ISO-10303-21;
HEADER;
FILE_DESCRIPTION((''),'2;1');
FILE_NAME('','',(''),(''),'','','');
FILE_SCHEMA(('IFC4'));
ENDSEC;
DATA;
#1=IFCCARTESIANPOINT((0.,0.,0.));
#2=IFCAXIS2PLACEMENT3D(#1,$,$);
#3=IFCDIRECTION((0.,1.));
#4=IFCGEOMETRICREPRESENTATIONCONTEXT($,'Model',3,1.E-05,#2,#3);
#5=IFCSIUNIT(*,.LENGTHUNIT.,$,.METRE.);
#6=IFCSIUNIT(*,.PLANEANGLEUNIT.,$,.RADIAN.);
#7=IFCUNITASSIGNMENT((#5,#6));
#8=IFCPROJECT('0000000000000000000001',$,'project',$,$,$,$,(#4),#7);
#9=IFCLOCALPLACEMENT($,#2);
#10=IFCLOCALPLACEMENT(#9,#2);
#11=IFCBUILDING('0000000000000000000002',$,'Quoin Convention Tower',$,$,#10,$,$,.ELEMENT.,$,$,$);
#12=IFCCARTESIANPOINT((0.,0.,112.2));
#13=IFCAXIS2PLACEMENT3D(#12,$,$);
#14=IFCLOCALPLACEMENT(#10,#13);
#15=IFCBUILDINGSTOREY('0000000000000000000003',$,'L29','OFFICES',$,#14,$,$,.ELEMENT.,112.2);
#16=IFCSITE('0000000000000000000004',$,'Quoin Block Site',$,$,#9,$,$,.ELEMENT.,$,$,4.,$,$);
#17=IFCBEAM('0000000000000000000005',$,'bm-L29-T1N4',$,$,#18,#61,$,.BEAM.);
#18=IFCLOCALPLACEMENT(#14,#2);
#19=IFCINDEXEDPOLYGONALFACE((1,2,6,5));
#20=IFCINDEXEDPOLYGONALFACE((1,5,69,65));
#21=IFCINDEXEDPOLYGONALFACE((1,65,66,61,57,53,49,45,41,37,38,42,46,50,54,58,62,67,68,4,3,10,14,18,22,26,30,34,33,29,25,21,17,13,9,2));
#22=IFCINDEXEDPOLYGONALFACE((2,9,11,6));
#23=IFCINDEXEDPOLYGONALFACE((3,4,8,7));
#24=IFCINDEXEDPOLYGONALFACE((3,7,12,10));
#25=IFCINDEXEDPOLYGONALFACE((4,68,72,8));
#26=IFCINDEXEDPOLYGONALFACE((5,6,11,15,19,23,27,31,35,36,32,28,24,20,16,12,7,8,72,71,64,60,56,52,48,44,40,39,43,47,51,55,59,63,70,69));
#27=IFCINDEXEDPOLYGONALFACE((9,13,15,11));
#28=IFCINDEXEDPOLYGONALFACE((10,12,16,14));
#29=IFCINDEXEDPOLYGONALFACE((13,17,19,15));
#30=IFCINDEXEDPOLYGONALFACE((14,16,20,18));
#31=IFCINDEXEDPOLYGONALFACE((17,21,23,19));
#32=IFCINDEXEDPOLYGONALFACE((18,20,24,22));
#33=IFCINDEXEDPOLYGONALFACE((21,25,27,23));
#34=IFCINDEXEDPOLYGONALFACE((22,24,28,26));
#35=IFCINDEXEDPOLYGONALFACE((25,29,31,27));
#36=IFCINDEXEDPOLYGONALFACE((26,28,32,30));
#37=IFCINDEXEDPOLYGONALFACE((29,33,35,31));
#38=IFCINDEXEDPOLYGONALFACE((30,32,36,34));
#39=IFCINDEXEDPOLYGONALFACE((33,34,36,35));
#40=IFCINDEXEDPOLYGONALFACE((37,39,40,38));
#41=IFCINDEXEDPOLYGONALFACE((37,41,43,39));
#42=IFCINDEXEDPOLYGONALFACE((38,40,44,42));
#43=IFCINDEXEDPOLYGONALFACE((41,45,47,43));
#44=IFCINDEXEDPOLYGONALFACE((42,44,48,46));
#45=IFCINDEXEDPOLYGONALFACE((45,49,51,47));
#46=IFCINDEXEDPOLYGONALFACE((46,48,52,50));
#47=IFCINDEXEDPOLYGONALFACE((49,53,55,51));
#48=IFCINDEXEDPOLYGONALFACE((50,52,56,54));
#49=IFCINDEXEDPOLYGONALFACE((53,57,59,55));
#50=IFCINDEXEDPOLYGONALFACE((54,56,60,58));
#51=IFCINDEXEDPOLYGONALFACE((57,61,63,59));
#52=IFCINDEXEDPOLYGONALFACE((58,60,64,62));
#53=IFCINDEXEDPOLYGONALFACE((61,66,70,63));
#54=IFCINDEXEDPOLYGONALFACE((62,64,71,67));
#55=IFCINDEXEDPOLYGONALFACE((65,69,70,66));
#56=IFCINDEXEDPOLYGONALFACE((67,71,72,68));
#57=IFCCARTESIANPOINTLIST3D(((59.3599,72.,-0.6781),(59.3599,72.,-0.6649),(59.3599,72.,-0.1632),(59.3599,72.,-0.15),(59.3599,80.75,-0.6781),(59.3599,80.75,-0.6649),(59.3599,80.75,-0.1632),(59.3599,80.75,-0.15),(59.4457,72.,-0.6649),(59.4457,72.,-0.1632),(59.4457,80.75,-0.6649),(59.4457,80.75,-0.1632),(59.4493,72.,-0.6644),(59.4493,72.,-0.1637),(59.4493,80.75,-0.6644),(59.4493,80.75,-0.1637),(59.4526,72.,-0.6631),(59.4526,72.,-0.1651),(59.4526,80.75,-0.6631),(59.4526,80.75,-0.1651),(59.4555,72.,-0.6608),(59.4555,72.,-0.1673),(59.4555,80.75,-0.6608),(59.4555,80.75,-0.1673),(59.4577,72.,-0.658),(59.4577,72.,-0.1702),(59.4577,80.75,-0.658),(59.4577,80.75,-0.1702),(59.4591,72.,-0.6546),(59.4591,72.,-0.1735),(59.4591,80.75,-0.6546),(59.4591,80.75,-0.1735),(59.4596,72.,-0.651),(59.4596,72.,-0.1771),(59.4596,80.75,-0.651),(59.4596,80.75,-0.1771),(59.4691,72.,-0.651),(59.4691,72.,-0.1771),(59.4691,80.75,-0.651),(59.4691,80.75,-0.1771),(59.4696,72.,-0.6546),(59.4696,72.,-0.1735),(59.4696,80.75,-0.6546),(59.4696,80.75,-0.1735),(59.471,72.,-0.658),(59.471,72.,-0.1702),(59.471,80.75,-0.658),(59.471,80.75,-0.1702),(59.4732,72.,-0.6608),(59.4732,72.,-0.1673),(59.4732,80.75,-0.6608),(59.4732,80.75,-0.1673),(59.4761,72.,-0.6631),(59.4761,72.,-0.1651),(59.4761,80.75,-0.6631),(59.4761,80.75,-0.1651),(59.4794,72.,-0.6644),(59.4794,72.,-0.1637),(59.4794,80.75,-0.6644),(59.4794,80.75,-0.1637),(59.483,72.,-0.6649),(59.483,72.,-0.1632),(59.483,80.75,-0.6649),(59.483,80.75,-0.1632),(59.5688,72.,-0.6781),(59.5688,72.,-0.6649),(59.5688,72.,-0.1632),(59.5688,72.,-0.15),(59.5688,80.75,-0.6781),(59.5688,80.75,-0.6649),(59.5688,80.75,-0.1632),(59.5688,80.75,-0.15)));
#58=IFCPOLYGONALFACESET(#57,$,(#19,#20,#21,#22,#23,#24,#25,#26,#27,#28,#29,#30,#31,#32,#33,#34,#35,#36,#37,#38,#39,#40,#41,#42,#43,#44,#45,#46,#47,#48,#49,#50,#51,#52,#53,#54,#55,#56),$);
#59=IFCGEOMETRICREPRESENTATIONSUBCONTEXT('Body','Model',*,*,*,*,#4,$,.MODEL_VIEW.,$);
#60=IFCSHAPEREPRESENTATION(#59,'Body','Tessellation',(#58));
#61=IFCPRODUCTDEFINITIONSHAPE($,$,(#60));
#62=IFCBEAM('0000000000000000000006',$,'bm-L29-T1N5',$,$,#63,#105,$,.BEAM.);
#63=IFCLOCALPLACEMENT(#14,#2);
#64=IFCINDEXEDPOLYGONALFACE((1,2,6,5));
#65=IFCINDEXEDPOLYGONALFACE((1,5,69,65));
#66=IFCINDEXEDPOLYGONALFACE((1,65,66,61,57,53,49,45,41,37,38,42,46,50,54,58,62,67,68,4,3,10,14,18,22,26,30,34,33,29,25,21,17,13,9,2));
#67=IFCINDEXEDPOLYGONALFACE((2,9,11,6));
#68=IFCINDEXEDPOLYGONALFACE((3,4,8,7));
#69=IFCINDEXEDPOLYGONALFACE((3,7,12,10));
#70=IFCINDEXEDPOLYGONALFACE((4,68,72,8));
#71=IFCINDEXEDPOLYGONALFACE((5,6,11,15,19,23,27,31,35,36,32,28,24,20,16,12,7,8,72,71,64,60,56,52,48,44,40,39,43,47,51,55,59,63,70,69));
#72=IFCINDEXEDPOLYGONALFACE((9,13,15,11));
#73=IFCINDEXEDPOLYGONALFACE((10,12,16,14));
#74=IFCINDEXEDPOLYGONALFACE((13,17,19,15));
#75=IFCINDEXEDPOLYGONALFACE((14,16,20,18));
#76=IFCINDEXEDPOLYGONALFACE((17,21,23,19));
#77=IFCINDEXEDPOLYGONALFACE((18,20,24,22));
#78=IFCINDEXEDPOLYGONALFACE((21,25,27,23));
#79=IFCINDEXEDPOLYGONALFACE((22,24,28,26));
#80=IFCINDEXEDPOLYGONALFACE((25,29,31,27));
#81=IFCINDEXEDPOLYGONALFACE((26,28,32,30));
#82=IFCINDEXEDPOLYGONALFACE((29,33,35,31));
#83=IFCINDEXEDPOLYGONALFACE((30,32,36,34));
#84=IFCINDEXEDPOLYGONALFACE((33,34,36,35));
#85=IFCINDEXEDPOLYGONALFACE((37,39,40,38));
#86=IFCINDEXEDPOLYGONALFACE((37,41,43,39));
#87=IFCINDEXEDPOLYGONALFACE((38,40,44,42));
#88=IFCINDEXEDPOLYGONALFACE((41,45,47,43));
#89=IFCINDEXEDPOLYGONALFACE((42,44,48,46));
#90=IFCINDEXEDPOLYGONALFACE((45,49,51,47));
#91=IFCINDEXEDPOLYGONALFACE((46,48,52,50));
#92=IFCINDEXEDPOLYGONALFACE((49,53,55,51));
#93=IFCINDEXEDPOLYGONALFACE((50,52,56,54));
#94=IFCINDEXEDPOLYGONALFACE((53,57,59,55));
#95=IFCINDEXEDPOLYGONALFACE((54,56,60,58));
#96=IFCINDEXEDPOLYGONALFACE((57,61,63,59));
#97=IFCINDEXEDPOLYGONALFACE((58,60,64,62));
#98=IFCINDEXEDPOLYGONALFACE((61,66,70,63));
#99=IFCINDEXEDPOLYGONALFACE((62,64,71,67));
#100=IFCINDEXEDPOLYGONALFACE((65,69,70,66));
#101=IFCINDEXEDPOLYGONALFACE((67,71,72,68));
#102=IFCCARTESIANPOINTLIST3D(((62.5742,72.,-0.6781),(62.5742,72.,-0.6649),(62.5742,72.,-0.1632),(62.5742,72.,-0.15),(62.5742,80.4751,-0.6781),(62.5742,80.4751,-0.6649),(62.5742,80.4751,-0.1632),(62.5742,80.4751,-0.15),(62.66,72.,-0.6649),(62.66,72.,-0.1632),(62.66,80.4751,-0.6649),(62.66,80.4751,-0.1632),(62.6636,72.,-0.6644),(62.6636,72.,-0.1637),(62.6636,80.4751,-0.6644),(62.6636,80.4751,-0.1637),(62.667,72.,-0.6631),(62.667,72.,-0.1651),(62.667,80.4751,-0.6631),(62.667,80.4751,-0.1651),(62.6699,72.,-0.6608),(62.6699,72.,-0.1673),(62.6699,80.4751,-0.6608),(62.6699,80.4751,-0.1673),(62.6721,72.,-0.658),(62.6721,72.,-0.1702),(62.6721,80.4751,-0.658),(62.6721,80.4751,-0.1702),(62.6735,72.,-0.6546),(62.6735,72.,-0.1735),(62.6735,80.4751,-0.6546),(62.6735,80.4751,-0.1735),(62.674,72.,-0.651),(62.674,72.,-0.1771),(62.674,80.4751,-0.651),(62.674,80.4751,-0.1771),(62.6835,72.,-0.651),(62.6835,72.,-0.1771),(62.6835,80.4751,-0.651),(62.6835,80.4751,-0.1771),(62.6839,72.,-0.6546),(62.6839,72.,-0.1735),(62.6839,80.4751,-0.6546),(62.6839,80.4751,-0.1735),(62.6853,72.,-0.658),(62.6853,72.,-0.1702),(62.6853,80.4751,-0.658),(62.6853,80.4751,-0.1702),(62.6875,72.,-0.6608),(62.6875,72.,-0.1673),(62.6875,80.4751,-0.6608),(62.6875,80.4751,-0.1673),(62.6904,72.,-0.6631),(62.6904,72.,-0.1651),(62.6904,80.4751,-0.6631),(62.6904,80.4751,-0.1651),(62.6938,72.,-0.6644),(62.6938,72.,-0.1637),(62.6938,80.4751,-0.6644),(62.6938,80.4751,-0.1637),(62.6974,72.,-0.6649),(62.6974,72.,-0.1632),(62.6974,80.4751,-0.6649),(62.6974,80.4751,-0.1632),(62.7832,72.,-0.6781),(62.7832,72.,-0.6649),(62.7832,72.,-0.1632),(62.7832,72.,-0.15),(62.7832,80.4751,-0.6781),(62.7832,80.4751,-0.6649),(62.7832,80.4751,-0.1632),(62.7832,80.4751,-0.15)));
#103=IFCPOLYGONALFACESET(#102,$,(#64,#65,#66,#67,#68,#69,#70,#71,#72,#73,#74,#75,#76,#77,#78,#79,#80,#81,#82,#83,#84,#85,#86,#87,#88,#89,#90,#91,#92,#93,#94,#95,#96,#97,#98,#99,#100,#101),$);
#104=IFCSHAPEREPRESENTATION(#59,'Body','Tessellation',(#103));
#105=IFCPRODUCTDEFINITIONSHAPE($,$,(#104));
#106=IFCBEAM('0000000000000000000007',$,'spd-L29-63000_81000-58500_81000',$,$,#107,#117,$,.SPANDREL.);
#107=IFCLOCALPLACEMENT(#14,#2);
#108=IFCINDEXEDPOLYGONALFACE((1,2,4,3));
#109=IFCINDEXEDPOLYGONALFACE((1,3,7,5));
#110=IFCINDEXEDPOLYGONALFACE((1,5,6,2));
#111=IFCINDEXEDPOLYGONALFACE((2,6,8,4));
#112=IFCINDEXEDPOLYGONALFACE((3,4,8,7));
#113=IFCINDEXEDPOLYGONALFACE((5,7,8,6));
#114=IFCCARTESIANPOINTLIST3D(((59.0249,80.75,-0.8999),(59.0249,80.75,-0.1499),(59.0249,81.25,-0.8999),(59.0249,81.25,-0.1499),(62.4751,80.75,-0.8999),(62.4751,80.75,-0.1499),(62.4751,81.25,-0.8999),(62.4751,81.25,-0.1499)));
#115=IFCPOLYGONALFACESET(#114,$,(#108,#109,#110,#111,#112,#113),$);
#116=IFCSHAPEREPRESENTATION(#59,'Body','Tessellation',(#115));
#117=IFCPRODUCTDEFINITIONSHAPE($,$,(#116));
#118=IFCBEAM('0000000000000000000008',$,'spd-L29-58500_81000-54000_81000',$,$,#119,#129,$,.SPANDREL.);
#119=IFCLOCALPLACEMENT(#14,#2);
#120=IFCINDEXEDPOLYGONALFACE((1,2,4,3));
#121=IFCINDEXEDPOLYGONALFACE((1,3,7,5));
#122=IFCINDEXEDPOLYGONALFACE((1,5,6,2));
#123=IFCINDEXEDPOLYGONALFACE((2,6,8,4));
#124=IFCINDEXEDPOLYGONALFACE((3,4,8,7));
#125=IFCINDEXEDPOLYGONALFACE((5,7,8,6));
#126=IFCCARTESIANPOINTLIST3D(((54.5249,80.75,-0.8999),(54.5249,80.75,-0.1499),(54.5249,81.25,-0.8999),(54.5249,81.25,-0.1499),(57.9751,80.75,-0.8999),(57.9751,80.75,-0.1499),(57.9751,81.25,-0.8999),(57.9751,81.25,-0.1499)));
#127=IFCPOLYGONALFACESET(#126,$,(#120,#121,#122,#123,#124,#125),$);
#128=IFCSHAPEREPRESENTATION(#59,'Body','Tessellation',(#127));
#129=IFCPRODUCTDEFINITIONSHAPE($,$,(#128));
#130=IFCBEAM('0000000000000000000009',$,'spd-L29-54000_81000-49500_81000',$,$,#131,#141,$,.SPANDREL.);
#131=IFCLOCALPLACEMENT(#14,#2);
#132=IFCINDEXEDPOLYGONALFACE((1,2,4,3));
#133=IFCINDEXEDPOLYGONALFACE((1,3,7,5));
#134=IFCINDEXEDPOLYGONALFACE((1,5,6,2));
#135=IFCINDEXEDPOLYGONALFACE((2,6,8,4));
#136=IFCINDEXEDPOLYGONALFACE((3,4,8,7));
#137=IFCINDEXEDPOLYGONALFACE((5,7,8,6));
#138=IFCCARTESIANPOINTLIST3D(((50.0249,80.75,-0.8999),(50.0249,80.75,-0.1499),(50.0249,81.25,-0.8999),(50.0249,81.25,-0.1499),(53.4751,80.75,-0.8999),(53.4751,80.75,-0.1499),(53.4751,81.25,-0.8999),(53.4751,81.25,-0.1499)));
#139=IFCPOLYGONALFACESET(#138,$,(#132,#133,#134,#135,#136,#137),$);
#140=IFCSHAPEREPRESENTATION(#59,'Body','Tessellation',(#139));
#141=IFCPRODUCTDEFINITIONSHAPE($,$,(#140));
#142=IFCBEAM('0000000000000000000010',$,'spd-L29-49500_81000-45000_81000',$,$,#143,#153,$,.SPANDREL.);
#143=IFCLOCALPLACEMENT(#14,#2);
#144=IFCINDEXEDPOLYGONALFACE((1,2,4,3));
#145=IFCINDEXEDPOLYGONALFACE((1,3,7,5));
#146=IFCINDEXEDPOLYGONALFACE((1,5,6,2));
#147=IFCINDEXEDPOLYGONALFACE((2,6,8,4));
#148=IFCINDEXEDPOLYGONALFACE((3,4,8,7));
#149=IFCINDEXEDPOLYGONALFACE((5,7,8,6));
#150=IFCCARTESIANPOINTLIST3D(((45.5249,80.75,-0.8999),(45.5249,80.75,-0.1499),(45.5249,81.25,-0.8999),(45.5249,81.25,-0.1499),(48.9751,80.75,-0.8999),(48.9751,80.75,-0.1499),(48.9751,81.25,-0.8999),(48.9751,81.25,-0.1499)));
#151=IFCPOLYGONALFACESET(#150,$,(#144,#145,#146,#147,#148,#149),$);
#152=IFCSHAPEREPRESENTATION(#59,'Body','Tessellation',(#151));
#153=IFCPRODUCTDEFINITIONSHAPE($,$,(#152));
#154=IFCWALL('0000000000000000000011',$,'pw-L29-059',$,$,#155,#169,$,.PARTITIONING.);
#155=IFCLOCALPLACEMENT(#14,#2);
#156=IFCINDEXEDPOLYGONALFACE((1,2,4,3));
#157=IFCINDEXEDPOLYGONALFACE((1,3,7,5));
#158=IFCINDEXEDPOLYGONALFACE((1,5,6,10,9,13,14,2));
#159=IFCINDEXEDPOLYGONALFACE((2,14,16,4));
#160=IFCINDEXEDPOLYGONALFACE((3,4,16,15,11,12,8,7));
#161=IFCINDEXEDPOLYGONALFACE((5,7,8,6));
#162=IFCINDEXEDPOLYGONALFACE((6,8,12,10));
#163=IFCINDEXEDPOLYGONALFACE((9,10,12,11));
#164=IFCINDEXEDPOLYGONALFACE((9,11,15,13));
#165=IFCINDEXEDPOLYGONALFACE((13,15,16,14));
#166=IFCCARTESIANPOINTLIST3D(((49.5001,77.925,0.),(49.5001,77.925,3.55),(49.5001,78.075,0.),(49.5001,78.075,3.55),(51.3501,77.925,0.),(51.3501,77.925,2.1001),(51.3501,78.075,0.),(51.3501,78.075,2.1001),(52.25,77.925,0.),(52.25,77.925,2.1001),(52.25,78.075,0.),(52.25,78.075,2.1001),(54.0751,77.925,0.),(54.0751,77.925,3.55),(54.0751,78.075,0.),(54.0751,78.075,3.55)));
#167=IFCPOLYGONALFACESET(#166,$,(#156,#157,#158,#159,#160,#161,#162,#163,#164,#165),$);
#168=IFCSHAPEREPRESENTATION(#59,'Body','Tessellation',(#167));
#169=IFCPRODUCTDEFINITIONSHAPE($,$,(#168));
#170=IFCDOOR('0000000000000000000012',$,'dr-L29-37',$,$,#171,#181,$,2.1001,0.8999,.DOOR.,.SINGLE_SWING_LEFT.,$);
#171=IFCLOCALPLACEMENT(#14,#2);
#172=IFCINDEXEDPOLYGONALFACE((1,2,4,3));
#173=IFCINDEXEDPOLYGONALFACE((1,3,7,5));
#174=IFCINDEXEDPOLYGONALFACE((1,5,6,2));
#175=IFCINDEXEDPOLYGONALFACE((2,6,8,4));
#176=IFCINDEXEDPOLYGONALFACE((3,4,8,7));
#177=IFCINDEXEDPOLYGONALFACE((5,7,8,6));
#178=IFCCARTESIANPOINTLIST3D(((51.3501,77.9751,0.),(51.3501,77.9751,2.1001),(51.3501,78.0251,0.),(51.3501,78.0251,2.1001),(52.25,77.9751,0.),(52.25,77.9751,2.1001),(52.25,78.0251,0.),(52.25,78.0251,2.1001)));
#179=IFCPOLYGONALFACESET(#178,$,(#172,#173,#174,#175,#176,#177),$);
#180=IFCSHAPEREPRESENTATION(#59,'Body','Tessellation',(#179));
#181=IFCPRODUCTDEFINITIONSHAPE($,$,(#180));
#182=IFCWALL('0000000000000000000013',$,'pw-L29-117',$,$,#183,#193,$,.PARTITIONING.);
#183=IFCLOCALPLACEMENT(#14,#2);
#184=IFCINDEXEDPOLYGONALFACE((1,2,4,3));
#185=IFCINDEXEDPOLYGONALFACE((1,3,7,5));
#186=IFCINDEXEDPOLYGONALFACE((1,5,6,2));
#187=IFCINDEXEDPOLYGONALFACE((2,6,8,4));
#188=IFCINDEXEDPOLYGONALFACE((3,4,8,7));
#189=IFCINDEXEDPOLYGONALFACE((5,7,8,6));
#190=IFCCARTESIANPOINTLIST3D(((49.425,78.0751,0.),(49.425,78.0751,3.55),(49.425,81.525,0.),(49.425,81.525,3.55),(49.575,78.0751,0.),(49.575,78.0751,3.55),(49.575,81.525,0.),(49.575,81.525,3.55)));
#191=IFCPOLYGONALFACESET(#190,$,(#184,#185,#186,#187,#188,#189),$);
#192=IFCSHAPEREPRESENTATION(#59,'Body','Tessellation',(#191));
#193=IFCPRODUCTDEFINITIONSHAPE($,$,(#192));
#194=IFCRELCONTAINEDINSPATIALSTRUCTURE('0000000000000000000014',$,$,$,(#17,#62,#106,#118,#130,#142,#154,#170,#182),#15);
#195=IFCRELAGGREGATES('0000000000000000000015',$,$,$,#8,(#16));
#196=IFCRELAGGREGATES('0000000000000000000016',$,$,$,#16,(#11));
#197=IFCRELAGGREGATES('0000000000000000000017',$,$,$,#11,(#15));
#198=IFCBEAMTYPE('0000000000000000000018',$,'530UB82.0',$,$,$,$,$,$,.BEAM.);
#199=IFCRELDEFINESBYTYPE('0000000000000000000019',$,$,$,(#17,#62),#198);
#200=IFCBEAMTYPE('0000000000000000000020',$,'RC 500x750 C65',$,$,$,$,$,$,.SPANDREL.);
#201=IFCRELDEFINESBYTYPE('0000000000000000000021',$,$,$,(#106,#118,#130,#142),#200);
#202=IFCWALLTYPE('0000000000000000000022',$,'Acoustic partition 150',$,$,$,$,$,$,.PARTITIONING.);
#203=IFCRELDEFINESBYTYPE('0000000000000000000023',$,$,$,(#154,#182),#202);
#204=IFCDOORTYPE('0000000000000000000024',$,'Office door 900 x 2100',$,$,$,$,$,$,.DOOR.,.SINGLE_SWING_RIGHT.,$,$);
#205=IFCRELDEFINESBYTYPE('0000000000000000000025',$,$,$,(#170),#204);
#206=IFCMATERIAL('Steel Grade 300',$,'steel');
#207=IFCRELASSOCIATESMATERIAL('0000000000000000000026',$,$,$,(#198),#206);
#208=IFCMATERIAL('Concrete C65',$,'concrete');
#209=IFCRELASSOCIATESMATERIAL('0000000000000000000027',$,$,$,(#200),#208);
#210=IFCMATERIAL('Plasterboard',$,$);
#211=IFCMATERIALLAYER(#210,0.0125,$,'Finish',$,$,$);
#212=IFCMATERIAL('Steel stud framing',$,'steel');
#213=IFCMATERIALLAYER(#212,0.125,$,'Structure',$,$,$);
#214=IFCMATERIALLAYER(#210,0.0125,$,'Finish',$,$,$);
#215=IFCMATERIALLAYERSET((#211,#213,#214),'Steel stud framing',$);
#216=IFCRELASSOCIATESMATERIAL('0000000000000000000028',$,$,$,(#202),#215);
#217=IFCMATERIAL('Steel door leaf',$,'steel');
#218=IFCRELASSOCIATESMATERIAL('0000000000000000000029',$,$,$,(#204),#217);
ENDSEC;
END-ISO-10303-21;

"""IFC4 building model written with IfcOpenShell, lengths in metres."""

from ifc_helpers import new_model, si_unit, direction, frame, frame_2d, origin, origin_2d, place, context, subcontext, project, spatial, rectangle, i_section, extrude, material, layer, layer_set, material_profile, profile_set, type_object, element, fill, save


model = new_model("IFC4")

# Units and contexts
model_context = context("Model", 3, precision=1e-05, world=origin(), true_north=direction((0.0, 1.0)))
body_context = subcontext(model_context, "Body", "Model", "MODEL_VIEW")
ifc_project = project(units=[si_unit("LENGTHUNIT", "METRE"), si_unit("PLANEANGLEUNIT", "RADIAN")], contexts=[model_context])

# Site, building, storey
site_placement = place(None, origin())
site = spatial("IfcSite", under=ifc_project, at=site_placement, Name="Quoin Block Site", CompositionType="ELEMENT", RefElevation=4.0)
building_placement = place(site_placement, origin())
building = spatial("IfcBuilding", under=site, at=building_placement, Name="Quoin Convention Tower", CompositionType="ELEMENT")
storey_placement = place(building_placement, frame((0.0, 0.0, 112.2)))
storey = spatial("IfcBuildingStorey", under=building, at=storey_placement, Name="L29", Description="OFFICES", CompositionType="ELEMENT", Elevation=112.2)

# Shared definitions
ifc_material_1 = material(Name="Concrete C65", Category="concrete")

# Beams
ifc_material_2 = material(Name="Steel Grade 300", Category="steel")
ifc_material_profile_1 = material_profile(ifc_material_2, i_section(OverallWidth=0.209, OverallDepth=0.5281, WebThickness=0.0095, FlangeThickness=0.0132, FilletRadius=0.0139, at=origin_2d()), Name="530UB82.0")
ifc_profile_set_1 = profile_set([ifc_material_profile_1], Name="Steel Grade 300")
beam_type_1 = type_object("IfcBeamType", Name="530UB82.0", PredefinedType="BEAM", material=ifc_profile_set_1)
for number, where, z_axis, x_axis, name in (
    (1, (59.4644, 72.0, -0.4141), (0.0, 1.0, 0.0), (-1.0, 0.0, 0.0), "bm-L29-T1N4"),
):
    element("IfcBeam", number, at=place(storey_placement, frame(where, z_axis=z_axis, x_axis=x_axis)), inside=storey, type_object=beam_type_1, Name=name, PredefinedType="BEAM", context=body_context, shape_type="SweptSolid", body=[
        extrude(i_section(OverallWidth=0.209, OverallDepth=0.5281, WebThickness=0.0095, FlangeThickness=0.0132, FilletRadius=0.0139, at=origin_2d()), origin(), (0.0, 0.0, 1.0), 8.75),
    ])
beam_1_placement = place(storey_placement, frame((62.6787, 72.0, -0.4141), z_axis=(0.0, 1.0, 0.0), x_axis=(-1.0, 0.0, 0.0)))
element("IfcBeam", 2, at=beam_1_placement, inside=storey, type_object=beam_type_1, Name="bm-L29-T1N5", PredefinedType="BEAM", context=body_context, shape_type="SweptSolid", body=[
    extrude(i_section(OverallWidth=0.209, OverallDepth=0.5281, WebThickness=0.0095, FlangeThickness=0.0132, FilletRadius=0.0139, at=origin_2d()), origin(), (0.0, 0.0, 1.0), 8.4751),
])
ifc_material_profile_2 = material_profile(ifc_material_1, rectangle(XDim=0.5, YDim=0.75, at=origin_2d()), Name="RC 500x750")
ifc_profile_set_2 = profile_set([ifc_material_profile_2], Name="Concrete C65")
beam_type_2 = type_object("IfcBeamType", Name="RC 500x750 C65", PredefinedType="SPANDREL", material=ifc_profile_set_2)
for number, where, z_axis, x_axis, name in (
    (3, (62.4751, 81.0, -0.5249), (-1.0, 0.0, 0.0), (0.0, -1.0, 0.0), "spd-L29-63000_81000-58500_81000"),
    (4, (57.9751, 81.0, -0.5249), (-1.0, 0.0, 0.0), (0.0, -1.0, 0.0), "spd-L29-58500_81000-54000_81000"),
    (5, (53.4751, 81.0, -0.5249), (-1.0, 0.0, 0.0), (0.0, -1.0, 0.0), "spd-L29-54000_81000-49500_81000"),
    (6, (48.9751, 81.0, -0.5249), (-1.0, 0.0, 0.0), (0.0, -1.0, 0.0), "spd-L29-49500_81000-45000_81000"),
):
    element("IfcBeam", number, at=place(storey_placement, frame(where, z_axis=z_axis, x_axis=x_axis)), inside=storey, type_object=beam_type_2, Name=name, PredefinedType="SPANDREL", context=body_context, shape_type="SweptSolid", body=[
        extrude(rectangle(XDim=0.5, YDim=0.75, at=origin_2d()), origin(), (0.0, 0.0, 1.0), 3.4502),
    ])

# Wall, opening, door
ifc_material_3 = material(Name="Plasterboard")
ifc_layer_1 = layer(ifc_material_3, 0.0125, Name="Finish")
ifc_material_4 = material(Name="Steel stud framing", Category="steel")
ifc_layer_2 = layer(ifc_material_4, 0.125, Name="Structure")
ifc_layer_3 = layer(ifc_material_3, 0.0125, Name="Finish")
ifc_layer_set_1 = layer_set([ifc_layer_1, ifc_layer_2, ifc_layer_3], Name="Steel stud framing")
wall_type_1 = type_object("IfcWallType", Name="Acoustic partition 150", PredefinedType="PARTITIONING", material=ifc_layer_set_1)
wall_1_placement = place(storey_placement, frame((49.5, 78.0, 0.0), z_axis=(0.0, 0.0, 1.0), x_axis=(1.0, 0.0, 0.0)))
wall_1 = element("IfcWall", 7, at=wall_1_placement, inside=storey, type_object=wall_type_1, Name="pw-L29-059", PredefinedType="PARTITIONING", context=body_context, shape_type="SweptSolid", body=[
    extrude(rectangle(XDim=4.575, YDim=0.1499, at=frame_2d((2.2876, 0.0))), origin(), (0.0, 0.0, 1.0), 3.55),
])
opening_1_placement = place(wall_1_placement, frame((1.8501, 0.0, 0.0)))
opening_1 = element("IfcOpeningElement", 8, at=opening_1_placement, cuts=wall_1, PredefinedType="OPENING", context=body_context, shape_type="SweptSolid", body=[
    extrude(rectangle(XDim=0.8999, YDim=2.1001, at=frame_2d((0.45, 1.05))), frame((0.0, 0.085, 0.0), z_axis=(0.0, -1.0, 0.0), x_axis=(1.0, 0.0, 0.0)), (0.0, 0.0, 1.0), 0.1699),
])
ifc_material_5 = material(Name="Steel door leaf", Category="steel")
door_type_1 = type_object("IfcDoorType", Name="Office door 900 x 2100", OperationType="SINGLE_SWING_RIGHT", PredefinedType="DOOR", material=ifc_material_5)
door_1_placement = place(opening_1_placement, frame((0.8999, 0.0, 0.0), z_axis=(0.0, 0.0, 1.0), x_axis=(-1.0, 0.0, 0.0)))
door_1 = element("IfcDoor", 9, at=door_1_placement, inside=storey, type_object=door_type_1, Name="dr-L29-37", OperationType="SINGLE_SWING_LEFT", OverallHeight=2.1001, OverallWidth=0.8999, PredefinedType="DOOR", context=body_context, shape_type="SweptSolid", body=[
    extrude(rectangle(XDim=0.8999, YDim=2.1001, at=frame_2d((0.45, 1.05))), frame((0.0, 0.0249, 0.0), z_axis=(0.0, -1.0, 0.0), x_axis=(1.0, 0.0, 0.0)), (0.0, 0.0, 1.0), 0.05),
])
fill(opening_1, door_1)

# Wall
for number, where, z_axis, x_axis, name in (
    (10, (49.5, 78.075, 0.0), (0.0, 0.0, 1.0), (0.0, 1.0, 0.0), "pw-L29-117"),
):
    element("IfcWall", number, at=place(storey_placement, frame(where, z_axis=z_axis, x_axis=x_axis)), inside=storey, type_object=wall_type_1, Name=name, PredefinedType="PARTITIONING", context=body_context, shape_type="SweptSolid", body=[
        extrude(rectangle(XDim=3.45, YDim=0.1499, at=frame_2d((1.7251, 0.0))), origin(), (0.0, 0.0, 1.0), 3.55),
    ])

save(model, "model.ifc")
